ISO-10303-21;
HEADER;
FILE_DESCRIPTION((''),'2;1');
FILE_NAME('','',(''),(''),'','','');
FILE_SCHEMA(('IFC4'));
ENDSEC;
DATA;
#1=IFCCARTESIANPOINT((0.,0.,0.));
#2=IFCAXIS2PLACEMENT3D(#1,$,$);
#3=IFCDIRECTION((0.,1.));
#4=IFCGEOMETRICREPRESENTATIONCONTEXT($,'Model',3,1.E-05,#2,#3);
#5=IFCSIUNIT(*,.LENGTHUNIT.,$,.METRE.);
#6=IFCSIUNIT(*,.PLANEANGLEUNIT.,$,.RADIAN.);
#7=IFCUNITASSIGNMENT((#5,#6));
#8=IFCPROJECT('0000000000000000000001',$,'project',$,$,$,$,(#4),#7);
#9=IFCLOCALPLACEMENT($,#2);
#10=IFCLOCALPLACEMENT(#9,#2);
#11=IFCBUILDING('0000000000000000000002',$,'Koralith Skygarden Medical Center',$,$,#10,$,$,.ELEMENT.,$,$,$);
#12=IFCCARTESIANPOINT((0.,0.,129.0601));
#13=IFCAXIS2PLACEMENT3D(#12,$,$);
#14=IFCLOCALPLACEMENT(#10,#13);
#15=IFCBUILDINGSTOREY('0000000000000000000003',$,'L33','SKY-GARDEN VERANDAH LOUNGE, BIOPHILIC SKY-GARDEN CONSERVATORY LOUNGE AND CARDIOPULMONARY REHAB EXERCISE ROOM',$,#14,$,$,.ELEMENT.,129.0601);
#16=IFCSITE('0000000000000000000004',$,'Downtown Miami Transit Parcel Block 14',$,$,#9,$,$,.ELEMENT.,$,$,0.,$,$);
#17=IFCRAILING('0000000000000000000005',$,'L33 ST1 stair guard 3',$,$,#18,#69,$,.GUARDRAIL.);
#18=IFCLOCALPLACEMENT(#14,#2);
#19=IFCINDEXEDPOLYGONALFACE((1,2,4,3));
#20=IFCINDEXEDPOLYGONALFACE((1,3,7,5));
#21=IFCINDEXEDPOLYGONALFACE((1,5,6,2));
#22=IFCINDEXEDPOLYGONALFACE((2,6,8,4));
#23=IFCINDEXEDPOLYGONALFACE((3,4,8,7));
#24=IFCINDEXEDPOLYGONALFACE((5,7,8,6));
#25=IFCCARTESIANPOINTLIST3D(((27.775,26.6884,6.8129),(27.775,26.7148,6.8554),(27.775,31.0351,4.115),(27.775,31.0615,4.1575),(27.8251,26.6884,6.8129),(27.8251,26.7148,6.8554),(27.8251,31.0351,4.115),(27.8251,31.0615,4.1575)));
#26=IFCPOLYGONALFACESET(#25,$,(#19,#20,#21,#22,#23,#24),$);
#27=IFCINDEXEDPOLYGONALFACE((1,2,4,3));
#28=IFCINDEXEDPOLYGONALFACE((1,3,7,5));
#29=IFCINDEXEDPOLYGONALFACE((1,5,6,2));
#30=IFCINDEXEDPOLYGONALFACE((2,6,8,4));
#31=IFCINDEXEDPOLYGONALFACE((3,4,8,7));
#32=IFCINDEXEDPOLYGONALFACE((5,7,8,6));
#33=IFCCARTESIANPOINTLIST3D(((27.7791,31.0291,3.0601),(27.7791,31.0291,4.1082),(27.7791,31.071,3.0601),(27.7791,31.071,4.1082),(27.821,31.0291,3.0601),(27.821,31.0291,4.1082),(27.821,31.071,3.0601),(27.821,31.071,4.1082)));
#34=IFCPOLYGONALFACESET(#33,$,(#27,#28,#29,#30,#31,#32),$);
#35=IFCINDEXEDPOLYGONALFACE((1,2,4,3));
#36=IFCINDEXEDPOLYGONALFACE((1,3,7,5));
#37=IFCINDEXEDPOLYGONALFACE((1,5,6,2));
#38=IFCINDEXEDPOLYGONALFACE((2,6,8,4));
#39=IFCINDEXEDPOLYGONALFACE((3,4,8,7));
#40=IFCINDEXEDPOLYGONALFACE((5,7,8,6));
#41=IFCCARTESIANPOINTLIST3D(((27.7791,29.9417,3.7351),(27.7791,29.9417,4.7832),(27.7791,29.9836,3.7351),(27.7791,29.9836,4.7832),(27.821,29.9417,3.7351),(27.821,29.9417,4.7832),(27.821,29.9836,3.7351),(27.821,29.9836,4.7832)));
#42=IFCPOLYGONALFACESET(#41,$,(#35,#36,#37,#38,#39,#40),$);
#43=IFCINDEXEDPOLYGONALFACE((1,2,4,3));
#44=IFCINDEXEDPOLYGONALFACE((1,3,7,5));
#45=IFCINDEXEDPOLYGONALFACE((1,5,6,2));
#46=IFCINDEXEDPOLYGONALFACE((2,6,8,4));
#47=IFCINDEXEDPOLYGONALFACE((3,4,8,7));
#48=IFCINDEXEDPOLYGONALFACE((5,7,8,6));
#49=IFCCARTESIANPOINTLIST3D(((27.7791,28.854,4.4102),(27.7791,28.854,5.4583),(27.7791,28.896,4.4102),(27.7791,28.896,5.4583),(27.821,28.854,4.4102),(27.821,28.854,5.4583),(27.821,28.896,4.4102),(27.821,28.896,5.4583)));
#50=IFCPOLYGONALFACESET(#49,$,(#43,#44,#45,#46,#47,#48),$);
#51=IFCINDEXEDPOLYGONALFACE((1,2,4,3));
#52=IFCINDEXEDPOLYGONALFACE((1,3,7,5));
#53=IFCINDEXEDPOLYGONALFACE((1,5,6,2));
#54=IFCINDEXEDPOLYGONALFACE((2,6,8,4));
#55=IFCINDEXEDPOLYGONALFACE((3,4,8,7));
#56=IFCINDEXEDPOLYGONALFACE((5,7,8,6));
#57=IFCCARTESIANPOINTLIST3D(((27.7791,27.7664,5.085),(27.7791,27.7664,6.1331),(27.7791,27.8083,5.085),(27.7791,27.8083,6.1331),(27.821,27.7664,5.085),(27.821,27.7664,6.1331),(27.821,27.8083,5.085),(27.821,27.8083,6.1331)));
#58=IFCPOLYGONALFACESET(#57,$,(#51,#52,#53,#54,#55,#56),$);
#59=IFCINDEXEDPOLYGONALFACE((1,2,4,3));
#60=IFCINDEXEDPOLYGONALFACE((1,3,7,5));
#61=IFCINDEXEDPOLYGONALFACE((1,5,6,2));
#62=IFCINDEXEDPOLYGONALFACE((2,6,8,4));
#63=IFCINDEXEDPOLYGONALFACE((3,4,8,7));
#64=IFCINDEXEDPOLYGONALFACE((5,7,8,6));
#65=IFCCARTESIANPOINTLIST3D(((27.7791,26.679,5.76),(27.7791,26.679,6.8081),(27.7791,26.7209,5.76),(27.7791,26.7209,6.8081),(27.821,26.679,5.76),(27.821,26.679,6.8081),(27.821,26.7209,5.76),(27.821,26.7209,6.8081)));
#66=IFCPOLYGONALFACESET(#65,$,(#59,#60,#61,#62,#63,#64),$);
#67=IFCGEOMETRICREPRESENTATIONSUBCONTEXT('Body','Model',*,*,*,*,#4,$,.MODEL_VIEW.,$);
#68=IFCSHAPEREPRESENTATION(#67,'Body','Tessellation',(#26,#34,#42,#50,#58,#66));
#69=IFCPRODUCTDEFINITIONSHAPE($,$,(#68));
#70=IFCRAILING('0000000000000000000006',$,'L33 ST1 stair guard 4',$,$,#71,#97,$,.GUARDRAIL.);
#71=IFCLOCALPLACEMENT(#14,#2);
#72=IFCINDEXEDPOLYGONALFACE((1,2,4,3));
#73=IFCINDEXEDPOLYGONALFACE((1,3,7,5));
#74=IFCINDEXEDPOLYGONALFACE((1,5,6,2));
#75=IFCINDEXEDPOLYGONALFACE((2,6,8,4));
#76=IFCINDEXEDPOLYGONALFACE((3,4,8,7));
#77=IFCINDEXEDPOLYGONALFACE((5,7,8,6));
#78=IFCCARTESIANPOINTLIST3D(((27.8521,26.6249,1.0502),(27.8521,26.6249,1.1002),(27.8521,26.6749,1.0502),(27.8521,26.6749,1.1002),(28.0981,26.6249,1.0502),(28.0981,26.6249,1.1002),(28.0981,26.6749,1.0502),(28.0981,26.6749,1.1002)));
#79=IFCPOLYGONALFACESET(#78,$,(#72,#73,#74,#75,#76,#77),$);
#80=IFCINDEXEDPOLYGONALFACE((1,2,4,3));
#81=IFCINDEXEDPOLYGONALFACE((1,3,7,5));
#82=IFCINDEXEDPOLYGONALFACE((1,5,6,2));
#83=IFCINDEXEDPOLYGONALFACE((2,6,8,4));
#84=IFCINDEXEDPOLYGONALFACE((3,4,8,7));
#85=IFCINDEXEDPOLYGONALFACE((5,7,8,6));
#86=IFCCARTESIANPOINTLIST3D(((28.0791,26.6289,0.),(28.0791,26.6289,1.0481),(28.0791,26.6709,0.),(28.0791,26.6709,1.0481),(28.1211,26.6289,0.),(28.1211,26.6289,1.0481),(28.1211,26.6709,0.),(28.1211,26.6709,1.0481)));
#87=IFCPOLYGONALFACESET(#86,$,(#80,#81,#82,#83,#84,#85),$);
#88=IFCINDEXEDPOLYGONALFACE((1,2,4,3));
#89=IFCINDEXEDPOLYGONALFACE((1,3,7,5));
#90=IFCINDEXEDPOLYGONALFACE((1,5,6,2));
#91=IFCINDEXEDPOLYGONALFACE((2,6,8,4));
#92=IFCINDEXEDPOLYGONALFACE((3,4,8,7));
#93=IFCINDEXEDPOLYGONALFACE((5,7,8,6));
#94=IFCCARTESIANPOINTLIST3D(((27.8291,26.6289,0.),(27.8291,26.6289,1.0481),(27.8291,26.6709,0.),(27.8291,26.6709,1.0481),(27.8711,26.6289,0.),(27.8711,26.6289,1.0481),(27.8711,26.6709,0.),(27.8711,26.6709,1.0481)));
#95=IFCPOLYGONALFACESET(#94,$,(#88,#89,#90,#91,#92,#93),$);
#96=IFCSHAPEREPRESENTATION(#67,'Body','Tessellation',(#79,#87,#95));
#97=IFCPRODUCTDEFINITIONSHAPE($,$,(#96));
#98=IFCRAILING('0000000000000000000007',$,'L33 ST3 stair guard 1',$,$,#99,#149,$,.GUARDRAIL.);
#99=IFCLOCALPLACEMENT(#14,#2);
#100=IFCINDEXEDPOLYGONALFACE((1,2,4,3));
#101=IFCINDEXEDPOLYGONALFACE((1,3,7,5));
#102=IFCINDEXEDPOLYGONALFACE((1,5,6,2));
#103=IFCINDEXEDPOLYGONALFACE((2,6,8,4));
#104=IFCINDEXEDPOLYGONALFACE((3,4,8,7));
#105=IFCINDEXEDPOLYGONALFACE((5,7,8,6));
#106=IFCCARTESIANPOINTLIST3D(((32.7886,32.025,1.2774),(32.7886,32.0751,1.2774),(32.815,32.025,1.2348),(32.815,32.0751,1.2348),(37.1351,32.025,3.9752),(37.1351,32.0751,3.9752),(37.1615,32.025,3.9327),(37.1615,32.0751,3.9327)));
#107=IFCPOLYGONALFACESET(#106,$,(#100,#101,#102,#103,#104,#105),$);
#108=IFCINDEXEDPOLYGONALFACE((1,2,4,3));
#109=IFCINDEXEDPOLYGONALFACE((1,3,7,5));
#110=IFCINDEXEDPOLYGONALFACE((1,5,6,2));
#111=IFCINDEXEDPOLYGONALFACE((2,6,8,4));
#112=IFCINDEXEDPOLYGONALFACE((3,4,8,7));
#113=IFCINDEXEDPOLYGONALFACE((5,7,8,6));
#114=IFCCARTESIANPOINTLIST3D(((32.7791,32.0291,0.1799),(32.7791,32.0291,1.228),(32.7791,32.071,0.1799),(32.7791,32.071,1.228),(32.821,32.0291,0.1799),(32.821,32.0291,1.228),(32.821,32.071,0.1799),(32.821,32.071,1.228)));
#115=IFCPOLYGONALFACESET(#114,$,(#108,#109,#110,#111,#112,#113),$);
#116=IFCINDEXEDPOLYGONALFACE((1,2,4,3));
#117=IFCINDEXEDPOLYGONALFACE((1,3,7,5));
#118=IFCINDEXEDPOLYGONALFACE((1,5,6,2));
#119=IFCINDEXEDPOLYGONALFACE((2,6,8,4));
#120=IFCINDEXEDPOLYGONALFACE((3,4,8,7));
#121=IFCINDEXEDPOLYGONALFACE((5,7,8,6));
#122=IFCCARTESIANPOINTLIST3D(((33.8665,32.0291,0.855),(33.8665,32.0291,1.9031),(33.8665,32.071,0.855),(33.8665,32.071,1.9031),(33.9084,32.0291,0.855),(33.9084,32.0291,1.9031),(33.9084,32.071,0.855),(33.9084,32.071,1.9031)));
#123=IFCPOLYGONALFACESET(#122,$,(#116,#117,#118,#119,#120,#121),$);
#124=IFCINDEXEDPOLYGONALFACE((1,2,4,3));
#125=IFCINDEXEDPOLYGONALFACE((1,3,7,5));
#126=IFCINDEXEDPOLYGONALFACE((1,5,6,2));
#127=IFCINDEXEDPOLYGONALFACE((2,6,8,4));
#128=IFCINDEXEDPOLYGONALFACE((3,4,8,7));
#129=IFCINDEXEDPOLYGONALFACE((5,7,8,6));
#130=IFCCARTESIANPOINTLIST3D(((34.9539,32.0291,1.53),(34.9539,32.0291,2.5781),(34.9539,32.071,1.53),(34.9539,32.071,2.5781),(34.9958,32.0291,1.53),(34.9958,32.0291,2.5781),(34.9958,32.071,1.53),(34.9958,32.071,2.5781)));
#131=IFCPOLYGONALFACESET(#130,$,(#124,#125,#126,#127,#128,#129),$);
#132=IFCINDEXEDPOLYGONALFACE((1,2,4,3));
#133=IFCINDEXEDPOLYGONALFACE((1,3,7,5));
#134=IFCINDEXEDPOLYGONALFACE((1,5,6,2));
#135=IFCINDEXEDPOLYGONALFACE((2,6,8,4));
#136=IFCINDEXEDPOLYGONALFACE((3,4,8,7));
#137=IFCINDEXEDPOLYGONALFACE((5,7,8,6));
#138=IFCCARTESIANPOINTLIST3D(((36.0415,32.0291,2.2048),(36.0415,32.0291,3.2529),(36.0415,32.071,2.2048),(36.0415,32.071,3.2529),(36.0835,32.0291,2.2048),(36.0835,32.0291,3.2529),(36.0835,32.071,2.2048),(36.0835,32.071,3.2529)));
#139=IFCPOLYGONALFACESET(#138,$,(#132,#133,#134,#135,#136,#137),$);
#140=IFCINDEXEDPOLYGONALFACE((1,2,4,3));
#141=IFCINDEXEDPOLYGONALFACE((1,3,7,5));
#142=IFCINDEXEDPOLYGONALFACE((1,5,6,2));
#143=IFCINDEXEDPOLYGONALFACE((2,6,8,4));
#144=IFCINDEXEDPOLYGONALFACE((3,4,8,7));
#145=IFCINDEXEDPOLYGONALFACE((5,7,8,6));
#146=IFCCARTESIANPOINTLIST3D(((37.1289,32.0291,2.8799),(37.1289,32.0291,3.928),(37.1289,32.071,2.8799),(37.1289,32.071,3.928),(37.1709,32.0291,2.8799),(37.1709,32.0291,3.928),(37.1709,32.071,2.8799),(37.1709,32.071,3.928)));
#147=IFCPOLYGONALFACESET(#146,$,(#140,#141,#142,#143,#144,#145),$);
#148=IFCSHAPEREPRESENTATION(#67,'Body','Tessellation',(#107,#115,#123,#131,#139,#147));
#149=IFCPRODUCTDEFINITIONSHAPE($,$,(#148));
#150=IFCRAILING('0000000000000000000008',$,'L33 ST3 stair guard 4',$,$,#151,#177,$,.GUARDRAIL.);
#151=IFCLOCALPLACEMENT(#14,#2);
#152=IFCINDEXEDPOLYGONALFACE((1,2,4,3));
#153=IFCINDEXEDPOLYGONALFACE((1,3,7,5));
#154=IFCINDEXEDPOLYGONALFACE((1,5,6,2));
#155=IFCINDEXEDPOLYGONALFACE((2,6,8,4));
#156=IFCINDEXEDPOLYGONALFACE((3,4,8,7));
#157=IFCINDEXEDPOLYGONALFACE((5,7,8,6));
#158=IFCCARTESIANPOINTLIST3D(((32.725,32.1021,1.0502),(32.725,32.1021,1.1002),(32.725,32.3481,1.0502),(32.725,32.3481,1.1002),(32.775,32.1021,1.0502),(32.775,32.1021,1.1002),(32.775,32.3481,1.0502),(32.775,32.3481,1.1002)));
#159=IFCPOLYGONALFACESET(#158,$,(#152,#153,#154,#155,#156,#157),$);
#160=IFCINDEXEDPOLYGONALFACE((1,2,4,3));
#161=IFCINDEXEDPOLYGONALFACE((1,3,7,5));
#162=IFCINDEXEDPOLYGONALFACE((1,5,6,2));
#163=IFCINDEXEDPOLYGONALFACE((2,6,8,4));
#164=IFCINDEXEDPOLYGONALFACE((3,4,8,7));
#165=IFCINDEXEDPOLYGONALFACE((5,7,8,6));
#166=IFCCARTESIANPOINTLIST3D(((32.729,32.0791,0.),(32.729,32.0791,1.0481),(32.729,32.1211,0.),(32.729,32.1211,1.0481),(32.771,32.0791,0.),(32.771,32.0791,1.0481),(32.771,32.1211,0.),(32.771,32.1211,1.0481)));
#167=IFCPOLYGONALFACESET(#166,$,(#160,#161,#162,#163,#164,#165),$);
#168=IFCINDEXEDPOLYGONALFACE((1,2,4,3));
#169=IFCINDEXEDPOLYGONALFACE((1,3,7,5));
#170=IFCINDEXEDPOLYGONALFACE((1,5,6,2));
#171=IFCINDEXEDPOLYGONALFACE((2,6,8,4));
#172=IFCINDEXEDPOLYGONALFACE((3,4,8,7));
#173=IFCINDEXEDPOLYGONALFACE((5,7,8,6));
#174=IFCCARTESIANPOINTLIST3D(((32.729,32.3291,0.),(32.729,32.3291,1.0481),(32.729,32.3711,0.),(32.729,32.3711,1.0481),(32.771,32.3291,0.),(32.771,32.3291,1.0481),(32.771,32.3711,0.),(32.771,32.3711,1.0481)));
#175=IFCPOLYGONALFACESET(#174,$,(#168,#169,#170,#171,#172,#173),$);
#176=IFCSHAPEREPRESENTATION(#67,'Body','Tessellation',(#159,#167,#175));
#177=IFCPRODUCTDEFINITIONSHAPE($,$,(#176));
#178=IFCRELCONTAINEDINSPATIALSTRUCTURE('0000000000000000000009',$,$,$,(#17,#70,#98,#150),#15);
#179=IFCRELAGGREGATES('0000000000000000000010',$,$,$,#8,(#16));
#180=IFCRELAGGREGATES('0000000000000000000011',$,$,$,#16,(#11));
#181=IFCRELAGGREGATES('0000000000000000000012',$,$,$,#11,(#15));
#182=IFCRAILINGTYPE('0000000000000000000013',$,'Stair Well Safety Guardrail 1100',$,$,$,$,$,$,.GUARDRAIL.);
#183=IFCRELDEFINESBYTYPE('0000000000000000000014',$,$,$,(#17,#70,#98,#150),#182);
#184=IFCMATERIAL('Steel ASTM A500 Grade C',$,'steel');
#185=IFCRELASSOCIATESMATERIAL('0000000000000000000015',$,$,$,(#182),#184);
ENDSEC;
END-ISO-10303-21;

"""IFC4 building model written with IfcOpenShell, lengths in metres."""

from ifc_helpers import new_model, si_unit, direction, frame, origin, origin_2d, place, context, subcontext, project, spatial, rectangle, extrude, material, type_object, element, save


model = new_model("IFC4")

# Units and contexts
model_context = context("Model", 3, precision=1e-05, world=origin(), true_north=direction((0.0, 1.0)))
body_context = subcontext(model_context, "Body", "Model", "MODEL_VIEW")
ifc_project = project(units=[si_unit("LENGTHUNIT", "METRE"), si_unit("PLANEANGLEUNIT", "RADIAN")], contexts=[model_context])

# Site, building, storey
site_placement = place(None, origin())
site = spatial("IfcSite", under=ifc_project, at=site_placement, Name="Downtown Miami Transit Parcel Block 14", CompositionType="ELEMENT", RefElevation=0.0)
building_placement = place(site_placement, origin())
building = spatial("IfcBuilding", under=site, at=building_placement, Name="Koralith Skygarden Medical Center", CompositionType="ELEMENT")
storey_placement = place(building_placement, frame((0.0, 0.0, 129.0601)))
storey = spatial("IfcBuildingStorey", under=building, at=storey_placement, Name="L33", Description="SKY-GARDEN VERANDAH LOUNGE, BIOPHILIC SKY-GARDEN CONSERVATORY LOUNGE AND CARDIOPULMONARY REHAB EXERCISE ROOM", CompositionType="ELEMENT", Elevation=129.0601)

# Railings
ifc_material_1 = material(Name="Steel ASTM A500 Grade C", Category="steel")
railing_type_1 = type_object("IfcRailingType", Name="Stair Well Safety Guardrail 1100", PredefinedType="GUARDRAIL", material=ifc_material_1)
railing_1_placement = place(storey_placement, frame((27.8, 31.05, 3.0601)))
element("IfcRailing", 1, at=railing_1_placement, inside=storey, type_object=railing_type_1, Name="L33 ST1 stair guard 3", PredefinedType="GUARDRAIL", context=body_context, shape_type="SweptSolid", body=[
    extrude(rectangle(XDim=0.05, YDim=0.05, at=origin_2d()), frame((0.0, -0.0017, 1.0762), z_axis=(0.0, -0.84965, 0.527347), x_axis=(1.0, 0.0, 0.0)), (0.0, 0.0, 1.0), 5.116),
    extrude(rectangle(XDim=0.042, YDim=0.042, at=origin_2d()), origin(), (0.0, 0.0, 1.0), 1.0481),
    extrude(rectangle(XDim=0.042, YDim=0.042, at=origin_2d()), frame((0.0, -1.0874, 0.675)), (0.0, 0.0, 1.0), 1.0481),
    extrude(rectangle(XDim=0.042, YDim=0.042, at=origin_2d()), frame((0.0, -2.175, 1.3501)), (0.0, 0.0, 1.0), 1.0481),
    extrude(rectangle(XDim=0.042, YDim=0.042, at=origin_2d()), frame((0.0, -3.2627, 2.0249)), (0.0, 0.0, 1.0), 1.0481),
    extrude(rectangle(XDim=0.042, YDim=0.042, at=origin_2d()), frame((0.0, -4.3501, 2.7)), (0.0, 0.0, 1.0), 1.0481),
])
railing_2_placement = place(storey_placement, frame((28.1001, 26.6499, 0.0)))
element("IfcRailing", 2, at=railing_2_placement, inside=storey, type_object=railing_type_1, Name="L33 ST1 stair guard 4", PredefinedType="GUARDRAIL", context=body_context, shape_type="SweptSolid", body=[
    extrude(rectangle(XDim=0.05, YDim=0.05, at=origin_2d()), frame((-0.002, 0.0, 1.0752), z_axis=(-1.0, 0.0, 0.0), x_axis=(0.0, -1.0, 0.0)), (0.0, 0.0, 1.0), 0.2461),
    extrude(rectangle(XDim=0.042, YDim=0.042, at=origin_2d()), origin(), (0.0, 0.0, 1.0), 1.0481),
    extrude(rectangle(XDim=0.042, YDim=0.042, at=origin_2d()), frame((-0.25, 0.0, 0.0)), (0.0, 0.0, 1.0), 1.0481),
])
railing_3_placement = place(storey_placement, frame((32.8, 32.05, 0.1799)))
element("IfcRailing", 3, at=railing_3_placement, inside=storey, type_object=railing_type_1, Name="L33 ST3 stair guard 1", PredefinedType="GUARDRAIL", context=body_context, shape_type="SweptSolid", body=[
    extrude(rectangle(XDim=0.05, YDim=0.05, at=origin_2d()), frame((0.0017, 0.0, 1.0762), z_axis=(0.849636, 0.0, 0.527369), x_axis=(0.0, 1.0, 0.0)), (0.0, 0.0, 1.0), 5.1157),
    extrude(rectangle(XDim=0.042, YDim=0.042, at=origin_2d()), origin(), (0.0, 0.0, 1.0), 1.0481),
    extrude(rectangle(XDim=0.042, YDim=0.042, at=origin_2d()), frame((1.0874, 0.0, 0.675)), (0.0, 0.0, 1.0), 1.0481),
    extrude(rectangle(XDim=0.042, YDim=0.042, at=origin_2d()), frame((2.1748, 0.0, 1.3501)), (0.0, 0.0, 1.0), 1.0481),
    extrude(rectangle(XDim=0.042, YDim=0.042, at=origin_2d()), frame((3.2625, 0.0, 2.0249)), (0.0, 0.0, 1.0), 1.0481),
    extrude(rectangle(XDim=0.042, YDim=0.042, at=origin_2d()), frame((4.3499, 0.0, 2.7)), (0.0, 0.0, 1.0), 1.0481),
])
railing_4_placement = place(storey_placement, frame((32.75, 32.1001, 0.0)))
element("IfcRailing", 4, at=railing_4_placement, inside=storey, type_object=railing_type_1, Name="L33 ST3 stair guard 4", PredefinedType="GUARDRAIL", context=body_context, shape_type="SweptSolid", body=[
    extrude(rectangle(XDim=0.05, YDim=0.05, at=origin_2d()), frame((0.0, 0.002, 1.0752), z_axis=(0.0, 1.0, 0.0), x_axis=(-1.0, 0.0, 0.0)), (0.0, 0.0, 1.0), 0.2461),
    extrude(rectangle(XDim=0.042, YDim=0.042, at=origin_2d()), origin(), (0.0, 0.0, 1.0), 1.0481),
    extrude(rectangle(XDim=0.042, YDim=0.042, at=origin_2d()), frame((0.0, 0.25, 0.0)), (0.0, 0.0, 1.0), 1.0481),
])

save(model, "model.ifc")
